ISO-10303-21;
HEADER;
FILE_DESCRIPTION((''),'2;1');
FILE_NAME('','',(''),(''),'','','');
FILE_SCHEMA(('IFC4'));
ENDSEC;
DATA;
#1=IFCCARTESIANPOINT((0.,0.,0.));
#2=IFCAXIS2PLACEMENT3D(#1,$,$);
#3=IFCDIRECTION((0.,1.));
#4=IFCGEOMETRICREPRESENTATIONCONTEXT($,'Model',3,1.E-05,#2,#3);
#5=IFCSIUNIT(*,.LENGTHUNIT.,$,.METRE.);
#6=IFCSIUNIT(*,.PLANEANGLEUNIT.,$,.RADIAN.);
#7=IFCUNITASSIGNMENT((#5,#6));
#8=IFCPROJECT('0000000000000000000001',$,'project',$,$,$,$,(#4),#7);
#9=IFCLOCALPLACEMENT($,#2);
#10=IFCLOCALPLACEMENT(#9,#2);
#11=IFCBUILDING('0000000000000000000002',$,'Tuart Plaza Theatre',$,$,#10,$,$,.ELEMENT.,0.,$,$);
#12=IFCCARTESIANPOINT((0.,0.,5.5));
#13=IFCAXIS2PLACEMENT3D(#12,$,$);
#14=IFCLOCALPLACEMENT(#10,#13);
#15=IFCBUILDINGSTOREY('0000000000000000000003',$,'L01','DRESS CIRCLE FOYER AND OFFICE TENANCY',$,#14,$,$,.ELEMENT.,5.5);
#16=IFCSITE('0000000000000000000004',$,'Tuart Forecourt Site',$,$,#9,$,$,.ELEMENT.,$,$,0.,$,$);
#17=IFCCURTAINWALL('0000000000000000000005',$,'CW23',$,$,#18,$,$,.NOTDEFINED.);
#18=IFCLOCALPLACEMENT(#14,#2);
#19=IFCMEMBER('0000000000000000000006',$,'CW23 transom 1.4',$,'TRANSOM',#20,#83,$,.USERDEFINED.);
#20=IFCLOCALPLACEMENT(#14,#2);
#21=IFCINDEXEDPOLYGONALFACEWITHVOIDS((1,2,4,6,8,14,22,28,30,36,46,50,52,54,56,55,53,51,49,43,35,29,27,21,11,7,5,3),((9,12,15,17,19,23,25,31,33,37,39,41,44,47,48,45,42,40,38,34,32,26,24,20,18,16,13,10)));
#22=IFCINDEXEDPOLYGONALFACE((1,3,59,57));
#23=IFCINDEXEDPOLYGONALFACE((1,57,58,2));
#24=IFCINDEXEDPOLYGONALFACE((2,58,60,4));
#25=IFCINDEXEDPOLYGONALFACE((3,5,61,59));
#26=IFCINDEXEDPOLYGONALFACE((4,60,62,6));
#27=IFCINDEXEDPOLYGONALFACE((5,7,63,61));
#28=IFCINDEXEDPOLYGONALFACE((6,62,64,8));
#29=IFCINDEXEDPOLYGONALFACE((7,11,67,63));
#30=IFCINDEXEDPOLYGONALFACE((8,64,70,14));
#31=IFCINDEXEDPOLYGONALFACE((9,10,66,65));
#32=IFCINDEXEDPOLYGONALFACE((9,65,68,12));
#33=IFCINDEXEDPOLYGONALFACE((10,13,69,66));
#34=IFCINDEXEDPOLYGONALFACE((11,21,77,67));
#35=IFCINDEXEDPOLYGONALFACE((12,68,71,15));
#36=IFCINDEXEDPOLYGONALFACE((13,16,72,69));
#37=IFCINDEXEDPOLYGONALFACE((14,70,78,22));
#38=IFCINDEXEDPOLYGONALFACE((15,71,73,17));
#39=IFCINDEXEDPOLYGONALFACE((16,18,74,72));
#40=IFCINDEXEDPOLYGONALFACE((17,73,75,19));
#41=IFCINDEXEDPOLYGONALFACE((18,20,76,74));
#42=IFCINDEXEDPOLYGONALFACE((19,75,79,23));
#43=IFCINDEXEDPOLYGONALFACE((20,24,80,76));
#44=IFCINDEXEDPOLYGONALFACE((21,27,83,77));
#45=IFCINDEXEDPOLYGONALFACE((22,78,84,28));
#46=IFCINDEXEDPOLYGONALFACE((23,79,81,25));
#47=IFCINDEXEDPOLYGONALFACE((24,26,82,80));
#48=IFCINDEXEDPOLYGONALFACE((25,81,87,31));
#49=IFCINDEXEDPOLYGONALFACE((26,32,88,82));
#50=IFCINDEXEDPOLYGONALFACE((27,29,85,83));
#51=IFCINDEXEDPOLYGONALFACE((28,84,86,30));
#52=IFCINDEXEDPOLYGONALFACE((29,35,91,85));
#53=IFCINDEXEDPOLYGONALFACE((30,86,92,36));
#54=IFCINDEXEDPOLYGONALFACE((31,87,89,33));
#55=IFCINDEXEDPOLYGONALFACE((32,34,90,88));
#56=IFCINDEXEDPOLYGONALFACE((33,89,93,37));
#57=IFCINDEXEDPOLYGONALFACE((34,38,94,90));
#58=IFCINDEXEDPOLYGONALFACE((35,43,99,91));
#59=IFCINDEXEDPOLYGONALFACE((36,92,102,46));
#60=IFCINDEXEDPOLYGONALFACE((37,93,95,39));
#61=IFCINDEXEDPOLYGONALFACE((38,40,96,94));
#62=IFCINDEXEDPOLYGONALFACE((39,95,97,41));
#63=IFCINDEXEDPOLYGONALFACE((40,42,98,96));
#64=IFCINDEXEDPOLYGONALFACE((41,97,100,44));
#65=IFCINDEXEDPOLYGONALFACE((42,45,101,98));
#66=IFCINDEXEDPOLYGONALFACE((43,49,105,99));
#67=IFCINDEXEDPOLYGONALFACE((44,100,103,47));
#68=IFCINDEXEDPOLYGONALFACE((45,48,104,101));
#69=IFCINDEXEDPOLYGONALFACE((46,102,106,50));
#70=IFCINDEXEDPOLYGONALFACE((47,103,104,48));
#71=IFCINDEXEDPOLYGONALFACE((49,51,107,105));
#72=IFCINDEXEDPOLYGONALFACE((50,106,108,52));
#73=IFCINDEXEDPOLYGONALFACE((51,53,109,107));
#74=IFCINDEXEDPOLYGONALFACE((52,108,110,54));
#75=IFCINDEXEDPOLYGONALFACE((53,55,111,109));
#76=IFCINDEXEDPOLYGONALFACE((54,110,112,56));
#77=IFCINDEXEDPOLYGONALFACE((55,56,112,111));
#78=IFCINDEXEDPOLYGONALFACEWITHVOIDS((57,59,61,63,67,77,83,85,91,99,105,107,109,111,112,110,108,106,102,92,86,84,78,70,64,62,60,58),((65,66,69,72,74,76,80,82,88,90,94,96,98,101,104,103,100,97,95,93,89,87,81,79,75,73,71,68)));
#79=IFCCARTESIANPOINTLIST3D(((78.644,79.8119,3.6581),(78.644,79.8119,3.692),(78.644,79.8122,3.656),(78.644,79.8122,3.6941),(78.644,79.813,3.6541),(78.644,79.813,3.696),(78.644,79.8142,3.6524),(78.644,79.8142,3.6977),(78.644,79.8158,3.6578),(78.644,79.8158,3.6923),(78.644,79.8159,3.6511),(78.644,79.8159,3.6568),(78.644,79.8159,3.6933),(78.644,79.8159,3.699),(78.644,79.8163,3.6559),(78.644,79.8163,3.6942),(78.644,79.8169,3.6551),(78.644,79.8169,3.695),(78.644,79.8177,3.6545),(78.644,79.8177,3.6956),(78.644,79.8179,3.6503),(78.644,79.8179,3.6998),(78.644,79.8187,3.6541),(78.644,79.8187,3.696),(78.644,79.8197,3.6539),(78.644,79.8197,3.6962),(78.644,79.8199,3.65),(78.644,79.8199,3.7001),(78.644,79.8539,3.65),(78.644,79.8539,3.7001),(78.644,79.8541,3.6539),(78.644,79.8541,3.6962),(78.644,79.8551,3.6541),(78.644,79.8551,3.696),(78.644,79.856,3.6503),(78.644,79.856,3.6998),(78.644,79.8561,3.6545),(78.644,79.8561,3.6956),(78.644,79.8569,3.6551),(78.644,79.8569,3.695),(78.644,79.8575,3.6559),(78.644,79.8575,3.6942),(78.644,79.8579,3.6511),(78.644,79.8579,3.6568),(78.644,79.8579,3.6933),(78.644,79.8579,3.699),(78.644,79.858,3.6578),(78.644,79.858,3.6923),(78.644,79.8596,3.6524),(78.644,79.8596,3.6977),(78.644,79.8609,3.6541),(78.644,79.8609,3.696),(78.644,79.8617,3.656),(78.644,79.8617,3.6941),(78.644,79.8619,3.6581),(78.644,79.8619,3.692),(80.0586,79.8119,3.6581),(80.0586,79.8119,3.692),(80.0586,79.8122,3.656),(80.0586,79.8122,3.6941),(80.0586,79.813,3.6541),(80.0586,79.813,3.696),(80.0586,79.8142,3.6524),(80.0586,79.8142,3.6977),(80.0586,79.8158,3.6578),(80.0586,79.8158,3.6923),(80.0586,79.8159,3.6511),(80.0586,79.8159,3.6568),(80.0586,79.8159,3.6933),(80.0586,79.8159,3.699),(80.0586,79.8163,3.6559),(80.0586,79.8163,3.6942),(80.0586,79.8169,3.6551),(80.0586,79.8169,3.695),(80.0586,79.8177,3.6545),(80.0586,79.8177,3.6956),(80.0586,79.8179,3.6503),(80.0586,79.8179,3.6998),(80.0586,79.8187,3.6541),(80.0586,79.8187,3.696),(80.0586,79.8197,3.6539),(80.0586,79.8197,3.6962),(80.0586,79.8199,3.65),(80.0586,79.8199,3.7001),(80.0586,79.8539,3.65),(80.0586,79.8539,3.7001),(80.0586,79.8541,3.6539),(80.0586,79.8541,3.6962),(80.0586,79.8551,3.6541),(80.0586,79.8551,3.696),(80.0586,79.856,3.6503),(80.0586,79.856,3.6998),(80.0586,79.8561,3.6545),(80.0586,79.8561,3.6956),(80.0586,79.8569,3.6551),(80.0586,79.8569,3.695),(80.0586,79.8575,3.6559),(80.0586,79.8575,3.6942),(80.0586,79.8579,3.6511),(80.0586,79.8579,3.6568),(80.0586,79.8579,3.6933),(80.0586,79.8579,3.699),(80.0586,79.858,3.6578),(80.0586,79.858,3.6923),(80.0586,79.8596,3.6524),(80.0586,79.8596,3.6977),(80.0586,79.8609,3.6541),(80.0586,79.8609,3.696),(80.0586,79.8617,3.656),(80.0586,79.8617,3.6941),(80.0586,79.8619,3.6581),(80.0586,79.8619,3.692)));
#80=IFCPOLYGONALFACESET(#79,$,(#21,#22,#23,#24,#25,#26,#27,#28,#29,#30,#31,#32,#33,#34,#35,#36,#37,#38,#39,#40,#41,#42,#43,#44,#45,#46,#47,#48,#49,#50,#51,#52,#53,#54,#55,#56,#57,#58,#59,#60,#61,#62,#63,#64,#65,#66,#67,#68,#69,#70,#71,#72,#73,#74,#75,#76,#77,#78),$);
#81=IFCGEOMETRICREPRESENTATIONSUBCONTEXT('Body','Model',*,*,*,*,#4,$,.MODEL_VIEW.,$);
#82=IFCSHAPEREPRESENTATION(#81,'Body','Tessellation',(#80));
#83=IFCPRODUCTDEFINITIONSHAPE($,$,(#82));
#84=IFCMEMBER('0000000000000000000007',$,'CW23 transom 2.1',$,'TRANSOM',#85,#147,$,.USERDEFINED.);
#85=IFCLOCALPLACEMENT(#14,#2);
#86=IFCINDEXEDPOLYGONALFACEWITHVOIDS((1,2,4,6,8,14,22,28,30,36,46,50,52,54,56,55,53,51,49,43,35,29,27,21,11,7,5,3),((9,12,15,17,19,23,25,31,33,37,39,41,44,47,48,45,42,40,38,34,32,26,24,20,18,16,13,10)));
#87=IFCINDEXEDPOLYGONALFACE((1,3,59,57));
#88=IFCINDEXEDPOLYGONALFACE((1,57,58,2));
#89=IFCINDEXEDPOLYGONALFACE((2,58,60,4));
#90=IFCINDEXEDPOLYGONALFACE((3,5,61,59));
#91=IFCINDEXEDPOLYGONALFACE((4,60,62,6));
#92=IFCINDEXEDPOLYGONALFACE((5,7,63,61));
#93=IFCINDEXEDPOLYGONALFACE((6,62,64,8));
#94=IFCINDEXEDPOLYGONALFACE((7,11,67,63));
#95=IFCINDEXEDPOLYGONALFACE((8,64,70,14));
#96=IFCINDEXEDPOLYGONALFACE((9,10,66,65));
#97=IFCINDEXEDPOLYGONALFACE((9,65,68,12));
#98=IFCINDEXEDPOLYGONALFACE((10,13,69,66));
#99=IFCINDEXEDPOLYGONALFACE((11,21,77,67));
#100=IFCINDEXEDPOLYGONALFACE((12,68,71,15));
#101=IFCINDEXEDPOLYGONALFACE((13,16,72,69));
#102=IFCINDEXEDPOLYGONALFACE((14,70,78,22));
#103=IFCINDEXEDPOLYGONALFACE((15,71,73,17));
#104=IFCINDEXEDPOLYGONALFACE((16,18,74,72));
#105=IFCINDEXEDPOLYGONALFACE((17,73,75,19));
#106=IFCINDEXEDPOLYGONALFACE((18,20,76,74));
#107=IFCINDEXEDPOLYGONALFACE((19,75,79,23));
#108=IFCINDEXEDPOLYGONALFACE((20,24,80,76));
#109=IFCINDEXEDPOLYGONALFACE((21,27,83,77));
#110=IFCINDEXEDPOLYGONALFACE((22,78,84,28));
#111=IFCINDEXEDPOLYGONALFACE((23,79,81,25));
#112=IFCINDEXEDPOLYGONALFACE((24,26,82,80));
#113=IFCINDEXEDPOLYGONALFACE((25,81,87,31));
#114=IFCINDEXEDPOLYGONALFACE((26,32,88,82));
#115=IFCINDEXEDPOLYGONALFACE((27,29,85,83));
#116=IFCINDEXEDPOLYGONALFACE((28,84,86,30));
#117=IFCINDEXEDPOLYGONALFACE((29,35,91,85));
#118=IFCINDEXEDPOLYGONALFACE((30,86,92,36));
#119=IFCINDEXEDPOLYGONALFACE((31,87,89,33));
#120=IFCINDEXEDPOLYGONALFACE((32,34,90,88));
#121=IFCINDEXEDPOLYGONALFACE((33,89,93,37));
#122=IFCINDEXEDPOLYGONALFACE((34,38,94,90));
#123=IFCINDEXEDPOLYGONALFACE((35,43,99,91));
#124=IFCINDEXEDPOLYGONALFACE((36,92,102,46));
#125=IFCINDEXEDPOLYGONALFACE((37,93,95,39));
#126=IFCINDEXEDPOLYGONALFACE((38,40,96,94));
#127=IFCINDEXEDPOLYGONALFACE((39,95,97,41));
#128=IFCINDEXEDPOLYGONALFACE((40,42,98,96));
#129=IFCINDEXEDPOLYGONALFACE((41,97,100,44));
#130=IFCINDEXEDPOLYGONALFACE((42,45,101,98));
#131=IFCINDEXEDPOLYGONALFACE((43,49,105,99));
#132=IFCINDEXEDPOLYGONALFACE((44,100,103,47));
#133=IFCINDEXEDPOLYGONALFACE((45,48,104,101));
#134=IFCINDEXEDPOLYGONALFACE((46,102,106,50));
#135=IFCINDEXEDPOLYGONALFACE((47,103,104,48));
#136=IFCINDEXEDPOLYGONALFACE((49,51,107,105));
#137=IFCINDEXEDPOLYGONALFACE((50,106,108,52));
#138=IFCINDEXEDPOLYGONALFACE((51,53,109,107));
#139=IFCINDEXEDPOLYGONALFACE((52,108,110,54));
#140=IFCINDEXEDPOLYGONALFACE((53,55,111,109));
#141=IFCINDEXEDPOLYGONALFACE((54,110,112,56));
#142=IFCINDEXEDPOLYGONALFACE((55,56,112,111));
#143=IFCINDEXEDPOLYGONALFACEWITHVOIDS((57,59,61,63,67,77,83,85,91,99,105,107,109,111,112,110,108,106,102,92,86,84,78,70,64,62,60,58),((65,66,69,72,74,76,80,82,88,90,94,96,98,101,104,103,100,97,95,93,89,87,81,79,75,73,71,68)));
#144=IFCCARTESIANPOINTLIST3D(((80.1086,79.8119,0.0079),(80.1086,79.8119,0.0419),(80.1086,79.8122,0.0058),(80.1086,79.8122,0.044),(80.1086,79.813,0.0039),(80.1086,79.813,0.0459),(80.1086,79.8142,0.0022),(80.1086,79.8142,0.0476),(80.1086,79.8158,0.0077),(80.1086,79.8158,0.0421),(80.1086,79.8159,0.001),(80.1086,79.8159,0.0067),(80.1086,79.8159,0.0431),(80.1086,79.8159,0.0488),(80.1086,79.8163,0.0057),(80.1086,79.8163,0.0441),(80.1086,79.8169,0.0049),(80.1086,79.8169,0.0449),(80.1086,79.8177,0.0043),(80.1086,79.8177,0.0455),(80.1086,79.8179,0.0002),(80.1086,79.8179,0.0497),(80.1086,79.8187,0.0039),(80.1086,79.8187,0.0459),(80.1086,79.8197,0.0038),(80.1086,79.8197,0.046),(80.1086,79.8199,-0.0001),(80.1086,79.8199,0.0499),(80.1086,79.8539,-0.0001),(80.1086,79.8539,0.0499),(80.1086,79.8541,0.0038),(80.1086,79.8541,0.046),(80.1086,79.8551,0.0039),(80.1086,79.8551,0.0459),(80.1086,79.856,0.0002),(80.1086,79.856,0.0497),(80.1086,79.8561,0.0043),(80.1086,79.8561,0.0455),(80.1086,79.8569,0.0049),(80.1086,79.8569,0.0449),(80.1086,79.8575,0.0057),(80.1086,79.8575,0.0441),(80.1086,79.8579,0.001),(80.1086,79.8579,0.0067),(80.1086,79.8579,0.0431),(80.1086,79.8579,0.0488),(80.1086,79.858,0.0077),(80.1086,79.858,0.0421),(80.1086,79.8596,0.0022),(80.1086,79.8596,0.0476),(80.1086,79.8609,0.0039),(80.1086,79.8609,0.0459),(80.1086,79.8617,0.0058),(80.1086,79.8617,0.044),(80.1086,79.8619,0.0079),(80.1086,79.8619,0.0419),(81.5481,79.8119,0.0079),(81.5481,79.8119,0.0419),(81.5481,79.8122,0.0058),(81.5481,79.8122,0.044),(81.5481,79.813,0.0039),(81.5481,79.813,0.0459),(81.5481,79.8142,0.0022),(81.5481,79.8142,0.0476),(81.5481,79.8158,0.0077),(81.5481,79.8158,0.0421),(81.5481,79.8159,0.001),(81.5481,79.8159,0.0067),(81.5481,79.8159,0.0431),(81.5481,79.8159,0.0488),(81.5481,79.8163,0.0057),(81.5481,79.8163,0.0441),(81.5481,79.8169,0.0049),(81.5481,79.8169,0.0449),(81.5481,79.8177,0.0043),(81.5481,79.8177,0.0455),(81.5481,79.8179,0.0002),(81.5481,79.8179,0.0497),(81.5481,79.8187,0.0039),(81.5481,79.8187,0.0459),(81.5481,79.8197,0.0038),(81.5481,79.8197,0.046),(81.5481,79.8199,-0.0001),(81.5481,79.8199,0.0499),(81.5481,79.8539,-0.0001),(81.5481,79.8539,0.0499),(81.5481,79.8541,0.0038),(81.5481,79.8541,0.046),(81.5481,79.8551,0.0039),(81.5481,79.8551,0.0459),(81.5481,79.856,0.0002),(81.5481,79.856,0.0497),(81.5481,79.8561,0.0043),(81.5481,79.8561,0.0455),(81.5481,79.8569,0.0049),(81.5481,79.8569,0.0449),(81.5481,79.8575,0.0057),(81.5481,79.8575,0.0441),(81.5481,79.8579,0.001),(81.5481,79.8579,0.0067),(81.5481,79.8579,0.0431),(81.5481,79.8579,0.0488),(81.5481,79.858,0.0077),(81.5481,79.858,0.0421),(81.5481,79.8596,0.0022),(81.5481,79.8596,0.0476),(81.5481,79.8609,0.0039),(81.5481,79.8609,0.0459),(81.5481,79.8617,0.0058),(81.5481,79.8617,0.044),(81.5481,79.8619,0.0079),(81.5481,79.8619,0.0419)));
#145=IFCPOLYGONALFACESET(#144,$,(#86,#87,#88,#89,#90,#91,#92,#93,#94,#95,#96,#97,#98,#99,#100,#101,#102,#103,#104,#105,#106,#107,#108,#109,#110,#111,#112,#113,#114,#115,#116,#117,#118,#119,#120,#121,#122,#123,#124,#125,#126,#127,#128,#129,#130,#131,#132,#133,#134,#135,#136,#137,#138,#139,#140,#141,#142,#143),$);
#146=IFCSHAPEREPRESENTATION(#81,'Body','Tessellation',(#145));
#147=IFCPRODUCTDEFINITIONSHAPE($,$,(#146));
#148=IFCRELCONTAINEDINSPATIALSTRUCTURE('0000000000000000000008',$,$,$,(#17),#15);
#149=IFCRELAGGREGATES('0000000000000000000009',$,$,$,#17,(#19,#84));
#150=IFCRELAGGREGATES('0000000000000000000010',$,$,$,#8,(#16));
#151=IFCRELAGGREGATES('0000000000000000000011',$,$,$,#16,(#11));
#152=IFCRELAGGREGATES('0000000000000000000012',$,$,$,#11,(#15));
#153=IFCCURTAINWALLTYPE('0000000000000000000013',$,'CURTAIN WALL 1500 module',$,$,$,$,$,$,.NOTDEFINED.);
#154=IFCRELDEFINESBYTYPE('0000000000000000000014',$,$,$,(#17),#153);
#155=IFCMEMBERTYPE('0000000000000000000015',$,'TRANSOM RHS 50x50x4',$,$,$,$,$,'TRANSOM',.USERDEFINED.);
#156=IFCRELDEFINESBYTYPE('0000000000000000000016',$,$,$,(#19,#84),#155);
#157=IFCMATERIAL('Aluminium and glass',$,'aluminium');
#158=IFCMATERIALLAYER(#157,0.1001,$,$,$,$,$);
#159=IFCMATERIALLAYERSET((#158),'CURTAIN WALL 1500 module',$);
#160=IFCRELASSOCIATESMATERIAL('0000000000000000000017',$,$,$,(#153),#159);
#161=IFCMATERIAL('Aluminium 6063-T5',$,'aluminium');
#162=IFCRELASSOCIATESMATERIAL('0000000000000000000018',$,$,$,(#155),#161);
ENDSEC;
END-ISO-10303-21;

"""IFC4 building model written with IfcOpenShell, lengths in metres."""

from ifc_helpers import new_model, si_unit, direction, frame, origin, origin_2d, place, context, subcontext, project, spatial, hollow_rectangle, extrude, material, layer, layer_set, material_profile, profile_set, type_object, element, aggregate, save


model = new_model("IFC4")

# Units and contexts
model_context = context("Model", 3, precision=1e-05, world=origin(), true_north=direction((0.0, 1.0)))
body_context = subcontext(model_context, "Body", "Model", "MODEL_VIEW")
ifc_project = project(units=[si_unit("LENGTHUNIT", "METRE"), si_unit("PLANEANGLEUNIT", "RADIAN")], contexts=[model_context])

# Site, building, storey
site_placement = place(None, origin())
site = spatial("IfcSite", under=ifc_project, at=site_placement, Name="Tuart Forecourt Site", CompositionType="ELEMENT", RefElevation=0.0)
building_placement = place(site_placement, origin())
building = spatial("IfcBuilding", under=site, at=building_placement, Name="Tuart Plaza Theatre", CompositionType="ELEMENT", ElevationOfRefHeight=0.0)
storey_placement = place(building_placement, frame((0.0, 0.0, 5.5)))
storey = spatial("IfcBuildingStorey", under=building, at=storey_placement, Name="L01", Description="DRESS CIRCLE FOYER AND OFFICE TENANCY", CompositionType="ELEMENT", Elevation=5.5)

# Curtain wall, members
ifc_material_1 = material(Name="Aluminium and glass", Category="aluminium")
ifc_layer_1 = layer(ifc_material_1, 0.1001)
ifc_layer_set_1 = layer_set([ifc_layer_1], Name="CURTAIN WALL 1500 module")
curtain_wall_type = type_object("IfcCurtainWallType", Name="CURTAIN WALL 1500 module", PredefinedType="NOTDEFINED", material=ifc_layer_set_1)
curtain_wall_placement = place(storey_placement, origin())
curtain_wall = element("IfcCurtainWall", 1, at=curtain_wall_placement, inside=storey, type_object=curtain_wall_type, Name="CW23", PredefinedType="NOTDEFINED")
ifc_material_2 = material(Name="Aluminium 6063-T5", Category="aluminium")
ifc_material_profile_1 = material_profile(ifc_material_2, hollow_rectangle(XDim=0.05, YDim=0.05, WallThickness=0.0039, InnerFilletRadius=0.0039, OuterFilletRadius=0.0081, at=origin_2d()), Name="RHS 50x50x4")
ifc_profile_set_1 = profile_set([ifc_material_profile_1], Name="Aluminium 6063-T5")
member_type_1 = type_object("IfcMemberType", Name="TRANSOM RHS 50x50x4", ElementType="TRANSOM", PredefinedType="USERDEFINED", material=ifc_profile_set_1)
member_1_placement = place(storey_placement, frame((78.644, 79.8369, 3.675), z_axis=(1.0, 0.0, 0.0), x_axis=(0.0, 1.0, 0.0)))
member_1 = element("IfcMember", 2, at=member_1_placement, type_object=member_type_1, Name="CW23 transom 1.4", ObjectType="TRANSOM", PredefinedType="USERDEFINED", context=body_context, shape_type="SweptSolid", body=[
    extrude(hollow_rectangle(XDim=0.05, YDim=0.05, WallThickness=0.0039, InnerFilletRadius=0.0039, OuterFilletRadius=0.0081, at=origin_2d()), origin(), (0.0, 0.0, 1.0), 1.4146),
])
member_2_placement = place(storey_placement, frame((80.1086, 79.8369, 0.0249), z_axis=(1.0, 0.0, 0.0), x_axis=(0.0, 1.0, 0.0)))
member_2 = element("IfcMember", 3, at=member_2_placement, type_object=member_type_1, Name="CW23 transom 2.1", ObjectType="TRANSOM", PredefinedType="USERDEFINED", context=body_context, shape_type="SweptSolid", body=[
    extrude(hollow_rectangle(XDim=0.05, YDim=0.05, WallThickness=0.0039, InnerFilletRadius=0.0039, OuterFilletRadius=0.0081, at=origin_2d()), origin(), (0.0, 0.0, 1.0), 1.4395),
])
aggregate(curtain_wall, [member_1, member_2])

save(model, "model.ifc")
